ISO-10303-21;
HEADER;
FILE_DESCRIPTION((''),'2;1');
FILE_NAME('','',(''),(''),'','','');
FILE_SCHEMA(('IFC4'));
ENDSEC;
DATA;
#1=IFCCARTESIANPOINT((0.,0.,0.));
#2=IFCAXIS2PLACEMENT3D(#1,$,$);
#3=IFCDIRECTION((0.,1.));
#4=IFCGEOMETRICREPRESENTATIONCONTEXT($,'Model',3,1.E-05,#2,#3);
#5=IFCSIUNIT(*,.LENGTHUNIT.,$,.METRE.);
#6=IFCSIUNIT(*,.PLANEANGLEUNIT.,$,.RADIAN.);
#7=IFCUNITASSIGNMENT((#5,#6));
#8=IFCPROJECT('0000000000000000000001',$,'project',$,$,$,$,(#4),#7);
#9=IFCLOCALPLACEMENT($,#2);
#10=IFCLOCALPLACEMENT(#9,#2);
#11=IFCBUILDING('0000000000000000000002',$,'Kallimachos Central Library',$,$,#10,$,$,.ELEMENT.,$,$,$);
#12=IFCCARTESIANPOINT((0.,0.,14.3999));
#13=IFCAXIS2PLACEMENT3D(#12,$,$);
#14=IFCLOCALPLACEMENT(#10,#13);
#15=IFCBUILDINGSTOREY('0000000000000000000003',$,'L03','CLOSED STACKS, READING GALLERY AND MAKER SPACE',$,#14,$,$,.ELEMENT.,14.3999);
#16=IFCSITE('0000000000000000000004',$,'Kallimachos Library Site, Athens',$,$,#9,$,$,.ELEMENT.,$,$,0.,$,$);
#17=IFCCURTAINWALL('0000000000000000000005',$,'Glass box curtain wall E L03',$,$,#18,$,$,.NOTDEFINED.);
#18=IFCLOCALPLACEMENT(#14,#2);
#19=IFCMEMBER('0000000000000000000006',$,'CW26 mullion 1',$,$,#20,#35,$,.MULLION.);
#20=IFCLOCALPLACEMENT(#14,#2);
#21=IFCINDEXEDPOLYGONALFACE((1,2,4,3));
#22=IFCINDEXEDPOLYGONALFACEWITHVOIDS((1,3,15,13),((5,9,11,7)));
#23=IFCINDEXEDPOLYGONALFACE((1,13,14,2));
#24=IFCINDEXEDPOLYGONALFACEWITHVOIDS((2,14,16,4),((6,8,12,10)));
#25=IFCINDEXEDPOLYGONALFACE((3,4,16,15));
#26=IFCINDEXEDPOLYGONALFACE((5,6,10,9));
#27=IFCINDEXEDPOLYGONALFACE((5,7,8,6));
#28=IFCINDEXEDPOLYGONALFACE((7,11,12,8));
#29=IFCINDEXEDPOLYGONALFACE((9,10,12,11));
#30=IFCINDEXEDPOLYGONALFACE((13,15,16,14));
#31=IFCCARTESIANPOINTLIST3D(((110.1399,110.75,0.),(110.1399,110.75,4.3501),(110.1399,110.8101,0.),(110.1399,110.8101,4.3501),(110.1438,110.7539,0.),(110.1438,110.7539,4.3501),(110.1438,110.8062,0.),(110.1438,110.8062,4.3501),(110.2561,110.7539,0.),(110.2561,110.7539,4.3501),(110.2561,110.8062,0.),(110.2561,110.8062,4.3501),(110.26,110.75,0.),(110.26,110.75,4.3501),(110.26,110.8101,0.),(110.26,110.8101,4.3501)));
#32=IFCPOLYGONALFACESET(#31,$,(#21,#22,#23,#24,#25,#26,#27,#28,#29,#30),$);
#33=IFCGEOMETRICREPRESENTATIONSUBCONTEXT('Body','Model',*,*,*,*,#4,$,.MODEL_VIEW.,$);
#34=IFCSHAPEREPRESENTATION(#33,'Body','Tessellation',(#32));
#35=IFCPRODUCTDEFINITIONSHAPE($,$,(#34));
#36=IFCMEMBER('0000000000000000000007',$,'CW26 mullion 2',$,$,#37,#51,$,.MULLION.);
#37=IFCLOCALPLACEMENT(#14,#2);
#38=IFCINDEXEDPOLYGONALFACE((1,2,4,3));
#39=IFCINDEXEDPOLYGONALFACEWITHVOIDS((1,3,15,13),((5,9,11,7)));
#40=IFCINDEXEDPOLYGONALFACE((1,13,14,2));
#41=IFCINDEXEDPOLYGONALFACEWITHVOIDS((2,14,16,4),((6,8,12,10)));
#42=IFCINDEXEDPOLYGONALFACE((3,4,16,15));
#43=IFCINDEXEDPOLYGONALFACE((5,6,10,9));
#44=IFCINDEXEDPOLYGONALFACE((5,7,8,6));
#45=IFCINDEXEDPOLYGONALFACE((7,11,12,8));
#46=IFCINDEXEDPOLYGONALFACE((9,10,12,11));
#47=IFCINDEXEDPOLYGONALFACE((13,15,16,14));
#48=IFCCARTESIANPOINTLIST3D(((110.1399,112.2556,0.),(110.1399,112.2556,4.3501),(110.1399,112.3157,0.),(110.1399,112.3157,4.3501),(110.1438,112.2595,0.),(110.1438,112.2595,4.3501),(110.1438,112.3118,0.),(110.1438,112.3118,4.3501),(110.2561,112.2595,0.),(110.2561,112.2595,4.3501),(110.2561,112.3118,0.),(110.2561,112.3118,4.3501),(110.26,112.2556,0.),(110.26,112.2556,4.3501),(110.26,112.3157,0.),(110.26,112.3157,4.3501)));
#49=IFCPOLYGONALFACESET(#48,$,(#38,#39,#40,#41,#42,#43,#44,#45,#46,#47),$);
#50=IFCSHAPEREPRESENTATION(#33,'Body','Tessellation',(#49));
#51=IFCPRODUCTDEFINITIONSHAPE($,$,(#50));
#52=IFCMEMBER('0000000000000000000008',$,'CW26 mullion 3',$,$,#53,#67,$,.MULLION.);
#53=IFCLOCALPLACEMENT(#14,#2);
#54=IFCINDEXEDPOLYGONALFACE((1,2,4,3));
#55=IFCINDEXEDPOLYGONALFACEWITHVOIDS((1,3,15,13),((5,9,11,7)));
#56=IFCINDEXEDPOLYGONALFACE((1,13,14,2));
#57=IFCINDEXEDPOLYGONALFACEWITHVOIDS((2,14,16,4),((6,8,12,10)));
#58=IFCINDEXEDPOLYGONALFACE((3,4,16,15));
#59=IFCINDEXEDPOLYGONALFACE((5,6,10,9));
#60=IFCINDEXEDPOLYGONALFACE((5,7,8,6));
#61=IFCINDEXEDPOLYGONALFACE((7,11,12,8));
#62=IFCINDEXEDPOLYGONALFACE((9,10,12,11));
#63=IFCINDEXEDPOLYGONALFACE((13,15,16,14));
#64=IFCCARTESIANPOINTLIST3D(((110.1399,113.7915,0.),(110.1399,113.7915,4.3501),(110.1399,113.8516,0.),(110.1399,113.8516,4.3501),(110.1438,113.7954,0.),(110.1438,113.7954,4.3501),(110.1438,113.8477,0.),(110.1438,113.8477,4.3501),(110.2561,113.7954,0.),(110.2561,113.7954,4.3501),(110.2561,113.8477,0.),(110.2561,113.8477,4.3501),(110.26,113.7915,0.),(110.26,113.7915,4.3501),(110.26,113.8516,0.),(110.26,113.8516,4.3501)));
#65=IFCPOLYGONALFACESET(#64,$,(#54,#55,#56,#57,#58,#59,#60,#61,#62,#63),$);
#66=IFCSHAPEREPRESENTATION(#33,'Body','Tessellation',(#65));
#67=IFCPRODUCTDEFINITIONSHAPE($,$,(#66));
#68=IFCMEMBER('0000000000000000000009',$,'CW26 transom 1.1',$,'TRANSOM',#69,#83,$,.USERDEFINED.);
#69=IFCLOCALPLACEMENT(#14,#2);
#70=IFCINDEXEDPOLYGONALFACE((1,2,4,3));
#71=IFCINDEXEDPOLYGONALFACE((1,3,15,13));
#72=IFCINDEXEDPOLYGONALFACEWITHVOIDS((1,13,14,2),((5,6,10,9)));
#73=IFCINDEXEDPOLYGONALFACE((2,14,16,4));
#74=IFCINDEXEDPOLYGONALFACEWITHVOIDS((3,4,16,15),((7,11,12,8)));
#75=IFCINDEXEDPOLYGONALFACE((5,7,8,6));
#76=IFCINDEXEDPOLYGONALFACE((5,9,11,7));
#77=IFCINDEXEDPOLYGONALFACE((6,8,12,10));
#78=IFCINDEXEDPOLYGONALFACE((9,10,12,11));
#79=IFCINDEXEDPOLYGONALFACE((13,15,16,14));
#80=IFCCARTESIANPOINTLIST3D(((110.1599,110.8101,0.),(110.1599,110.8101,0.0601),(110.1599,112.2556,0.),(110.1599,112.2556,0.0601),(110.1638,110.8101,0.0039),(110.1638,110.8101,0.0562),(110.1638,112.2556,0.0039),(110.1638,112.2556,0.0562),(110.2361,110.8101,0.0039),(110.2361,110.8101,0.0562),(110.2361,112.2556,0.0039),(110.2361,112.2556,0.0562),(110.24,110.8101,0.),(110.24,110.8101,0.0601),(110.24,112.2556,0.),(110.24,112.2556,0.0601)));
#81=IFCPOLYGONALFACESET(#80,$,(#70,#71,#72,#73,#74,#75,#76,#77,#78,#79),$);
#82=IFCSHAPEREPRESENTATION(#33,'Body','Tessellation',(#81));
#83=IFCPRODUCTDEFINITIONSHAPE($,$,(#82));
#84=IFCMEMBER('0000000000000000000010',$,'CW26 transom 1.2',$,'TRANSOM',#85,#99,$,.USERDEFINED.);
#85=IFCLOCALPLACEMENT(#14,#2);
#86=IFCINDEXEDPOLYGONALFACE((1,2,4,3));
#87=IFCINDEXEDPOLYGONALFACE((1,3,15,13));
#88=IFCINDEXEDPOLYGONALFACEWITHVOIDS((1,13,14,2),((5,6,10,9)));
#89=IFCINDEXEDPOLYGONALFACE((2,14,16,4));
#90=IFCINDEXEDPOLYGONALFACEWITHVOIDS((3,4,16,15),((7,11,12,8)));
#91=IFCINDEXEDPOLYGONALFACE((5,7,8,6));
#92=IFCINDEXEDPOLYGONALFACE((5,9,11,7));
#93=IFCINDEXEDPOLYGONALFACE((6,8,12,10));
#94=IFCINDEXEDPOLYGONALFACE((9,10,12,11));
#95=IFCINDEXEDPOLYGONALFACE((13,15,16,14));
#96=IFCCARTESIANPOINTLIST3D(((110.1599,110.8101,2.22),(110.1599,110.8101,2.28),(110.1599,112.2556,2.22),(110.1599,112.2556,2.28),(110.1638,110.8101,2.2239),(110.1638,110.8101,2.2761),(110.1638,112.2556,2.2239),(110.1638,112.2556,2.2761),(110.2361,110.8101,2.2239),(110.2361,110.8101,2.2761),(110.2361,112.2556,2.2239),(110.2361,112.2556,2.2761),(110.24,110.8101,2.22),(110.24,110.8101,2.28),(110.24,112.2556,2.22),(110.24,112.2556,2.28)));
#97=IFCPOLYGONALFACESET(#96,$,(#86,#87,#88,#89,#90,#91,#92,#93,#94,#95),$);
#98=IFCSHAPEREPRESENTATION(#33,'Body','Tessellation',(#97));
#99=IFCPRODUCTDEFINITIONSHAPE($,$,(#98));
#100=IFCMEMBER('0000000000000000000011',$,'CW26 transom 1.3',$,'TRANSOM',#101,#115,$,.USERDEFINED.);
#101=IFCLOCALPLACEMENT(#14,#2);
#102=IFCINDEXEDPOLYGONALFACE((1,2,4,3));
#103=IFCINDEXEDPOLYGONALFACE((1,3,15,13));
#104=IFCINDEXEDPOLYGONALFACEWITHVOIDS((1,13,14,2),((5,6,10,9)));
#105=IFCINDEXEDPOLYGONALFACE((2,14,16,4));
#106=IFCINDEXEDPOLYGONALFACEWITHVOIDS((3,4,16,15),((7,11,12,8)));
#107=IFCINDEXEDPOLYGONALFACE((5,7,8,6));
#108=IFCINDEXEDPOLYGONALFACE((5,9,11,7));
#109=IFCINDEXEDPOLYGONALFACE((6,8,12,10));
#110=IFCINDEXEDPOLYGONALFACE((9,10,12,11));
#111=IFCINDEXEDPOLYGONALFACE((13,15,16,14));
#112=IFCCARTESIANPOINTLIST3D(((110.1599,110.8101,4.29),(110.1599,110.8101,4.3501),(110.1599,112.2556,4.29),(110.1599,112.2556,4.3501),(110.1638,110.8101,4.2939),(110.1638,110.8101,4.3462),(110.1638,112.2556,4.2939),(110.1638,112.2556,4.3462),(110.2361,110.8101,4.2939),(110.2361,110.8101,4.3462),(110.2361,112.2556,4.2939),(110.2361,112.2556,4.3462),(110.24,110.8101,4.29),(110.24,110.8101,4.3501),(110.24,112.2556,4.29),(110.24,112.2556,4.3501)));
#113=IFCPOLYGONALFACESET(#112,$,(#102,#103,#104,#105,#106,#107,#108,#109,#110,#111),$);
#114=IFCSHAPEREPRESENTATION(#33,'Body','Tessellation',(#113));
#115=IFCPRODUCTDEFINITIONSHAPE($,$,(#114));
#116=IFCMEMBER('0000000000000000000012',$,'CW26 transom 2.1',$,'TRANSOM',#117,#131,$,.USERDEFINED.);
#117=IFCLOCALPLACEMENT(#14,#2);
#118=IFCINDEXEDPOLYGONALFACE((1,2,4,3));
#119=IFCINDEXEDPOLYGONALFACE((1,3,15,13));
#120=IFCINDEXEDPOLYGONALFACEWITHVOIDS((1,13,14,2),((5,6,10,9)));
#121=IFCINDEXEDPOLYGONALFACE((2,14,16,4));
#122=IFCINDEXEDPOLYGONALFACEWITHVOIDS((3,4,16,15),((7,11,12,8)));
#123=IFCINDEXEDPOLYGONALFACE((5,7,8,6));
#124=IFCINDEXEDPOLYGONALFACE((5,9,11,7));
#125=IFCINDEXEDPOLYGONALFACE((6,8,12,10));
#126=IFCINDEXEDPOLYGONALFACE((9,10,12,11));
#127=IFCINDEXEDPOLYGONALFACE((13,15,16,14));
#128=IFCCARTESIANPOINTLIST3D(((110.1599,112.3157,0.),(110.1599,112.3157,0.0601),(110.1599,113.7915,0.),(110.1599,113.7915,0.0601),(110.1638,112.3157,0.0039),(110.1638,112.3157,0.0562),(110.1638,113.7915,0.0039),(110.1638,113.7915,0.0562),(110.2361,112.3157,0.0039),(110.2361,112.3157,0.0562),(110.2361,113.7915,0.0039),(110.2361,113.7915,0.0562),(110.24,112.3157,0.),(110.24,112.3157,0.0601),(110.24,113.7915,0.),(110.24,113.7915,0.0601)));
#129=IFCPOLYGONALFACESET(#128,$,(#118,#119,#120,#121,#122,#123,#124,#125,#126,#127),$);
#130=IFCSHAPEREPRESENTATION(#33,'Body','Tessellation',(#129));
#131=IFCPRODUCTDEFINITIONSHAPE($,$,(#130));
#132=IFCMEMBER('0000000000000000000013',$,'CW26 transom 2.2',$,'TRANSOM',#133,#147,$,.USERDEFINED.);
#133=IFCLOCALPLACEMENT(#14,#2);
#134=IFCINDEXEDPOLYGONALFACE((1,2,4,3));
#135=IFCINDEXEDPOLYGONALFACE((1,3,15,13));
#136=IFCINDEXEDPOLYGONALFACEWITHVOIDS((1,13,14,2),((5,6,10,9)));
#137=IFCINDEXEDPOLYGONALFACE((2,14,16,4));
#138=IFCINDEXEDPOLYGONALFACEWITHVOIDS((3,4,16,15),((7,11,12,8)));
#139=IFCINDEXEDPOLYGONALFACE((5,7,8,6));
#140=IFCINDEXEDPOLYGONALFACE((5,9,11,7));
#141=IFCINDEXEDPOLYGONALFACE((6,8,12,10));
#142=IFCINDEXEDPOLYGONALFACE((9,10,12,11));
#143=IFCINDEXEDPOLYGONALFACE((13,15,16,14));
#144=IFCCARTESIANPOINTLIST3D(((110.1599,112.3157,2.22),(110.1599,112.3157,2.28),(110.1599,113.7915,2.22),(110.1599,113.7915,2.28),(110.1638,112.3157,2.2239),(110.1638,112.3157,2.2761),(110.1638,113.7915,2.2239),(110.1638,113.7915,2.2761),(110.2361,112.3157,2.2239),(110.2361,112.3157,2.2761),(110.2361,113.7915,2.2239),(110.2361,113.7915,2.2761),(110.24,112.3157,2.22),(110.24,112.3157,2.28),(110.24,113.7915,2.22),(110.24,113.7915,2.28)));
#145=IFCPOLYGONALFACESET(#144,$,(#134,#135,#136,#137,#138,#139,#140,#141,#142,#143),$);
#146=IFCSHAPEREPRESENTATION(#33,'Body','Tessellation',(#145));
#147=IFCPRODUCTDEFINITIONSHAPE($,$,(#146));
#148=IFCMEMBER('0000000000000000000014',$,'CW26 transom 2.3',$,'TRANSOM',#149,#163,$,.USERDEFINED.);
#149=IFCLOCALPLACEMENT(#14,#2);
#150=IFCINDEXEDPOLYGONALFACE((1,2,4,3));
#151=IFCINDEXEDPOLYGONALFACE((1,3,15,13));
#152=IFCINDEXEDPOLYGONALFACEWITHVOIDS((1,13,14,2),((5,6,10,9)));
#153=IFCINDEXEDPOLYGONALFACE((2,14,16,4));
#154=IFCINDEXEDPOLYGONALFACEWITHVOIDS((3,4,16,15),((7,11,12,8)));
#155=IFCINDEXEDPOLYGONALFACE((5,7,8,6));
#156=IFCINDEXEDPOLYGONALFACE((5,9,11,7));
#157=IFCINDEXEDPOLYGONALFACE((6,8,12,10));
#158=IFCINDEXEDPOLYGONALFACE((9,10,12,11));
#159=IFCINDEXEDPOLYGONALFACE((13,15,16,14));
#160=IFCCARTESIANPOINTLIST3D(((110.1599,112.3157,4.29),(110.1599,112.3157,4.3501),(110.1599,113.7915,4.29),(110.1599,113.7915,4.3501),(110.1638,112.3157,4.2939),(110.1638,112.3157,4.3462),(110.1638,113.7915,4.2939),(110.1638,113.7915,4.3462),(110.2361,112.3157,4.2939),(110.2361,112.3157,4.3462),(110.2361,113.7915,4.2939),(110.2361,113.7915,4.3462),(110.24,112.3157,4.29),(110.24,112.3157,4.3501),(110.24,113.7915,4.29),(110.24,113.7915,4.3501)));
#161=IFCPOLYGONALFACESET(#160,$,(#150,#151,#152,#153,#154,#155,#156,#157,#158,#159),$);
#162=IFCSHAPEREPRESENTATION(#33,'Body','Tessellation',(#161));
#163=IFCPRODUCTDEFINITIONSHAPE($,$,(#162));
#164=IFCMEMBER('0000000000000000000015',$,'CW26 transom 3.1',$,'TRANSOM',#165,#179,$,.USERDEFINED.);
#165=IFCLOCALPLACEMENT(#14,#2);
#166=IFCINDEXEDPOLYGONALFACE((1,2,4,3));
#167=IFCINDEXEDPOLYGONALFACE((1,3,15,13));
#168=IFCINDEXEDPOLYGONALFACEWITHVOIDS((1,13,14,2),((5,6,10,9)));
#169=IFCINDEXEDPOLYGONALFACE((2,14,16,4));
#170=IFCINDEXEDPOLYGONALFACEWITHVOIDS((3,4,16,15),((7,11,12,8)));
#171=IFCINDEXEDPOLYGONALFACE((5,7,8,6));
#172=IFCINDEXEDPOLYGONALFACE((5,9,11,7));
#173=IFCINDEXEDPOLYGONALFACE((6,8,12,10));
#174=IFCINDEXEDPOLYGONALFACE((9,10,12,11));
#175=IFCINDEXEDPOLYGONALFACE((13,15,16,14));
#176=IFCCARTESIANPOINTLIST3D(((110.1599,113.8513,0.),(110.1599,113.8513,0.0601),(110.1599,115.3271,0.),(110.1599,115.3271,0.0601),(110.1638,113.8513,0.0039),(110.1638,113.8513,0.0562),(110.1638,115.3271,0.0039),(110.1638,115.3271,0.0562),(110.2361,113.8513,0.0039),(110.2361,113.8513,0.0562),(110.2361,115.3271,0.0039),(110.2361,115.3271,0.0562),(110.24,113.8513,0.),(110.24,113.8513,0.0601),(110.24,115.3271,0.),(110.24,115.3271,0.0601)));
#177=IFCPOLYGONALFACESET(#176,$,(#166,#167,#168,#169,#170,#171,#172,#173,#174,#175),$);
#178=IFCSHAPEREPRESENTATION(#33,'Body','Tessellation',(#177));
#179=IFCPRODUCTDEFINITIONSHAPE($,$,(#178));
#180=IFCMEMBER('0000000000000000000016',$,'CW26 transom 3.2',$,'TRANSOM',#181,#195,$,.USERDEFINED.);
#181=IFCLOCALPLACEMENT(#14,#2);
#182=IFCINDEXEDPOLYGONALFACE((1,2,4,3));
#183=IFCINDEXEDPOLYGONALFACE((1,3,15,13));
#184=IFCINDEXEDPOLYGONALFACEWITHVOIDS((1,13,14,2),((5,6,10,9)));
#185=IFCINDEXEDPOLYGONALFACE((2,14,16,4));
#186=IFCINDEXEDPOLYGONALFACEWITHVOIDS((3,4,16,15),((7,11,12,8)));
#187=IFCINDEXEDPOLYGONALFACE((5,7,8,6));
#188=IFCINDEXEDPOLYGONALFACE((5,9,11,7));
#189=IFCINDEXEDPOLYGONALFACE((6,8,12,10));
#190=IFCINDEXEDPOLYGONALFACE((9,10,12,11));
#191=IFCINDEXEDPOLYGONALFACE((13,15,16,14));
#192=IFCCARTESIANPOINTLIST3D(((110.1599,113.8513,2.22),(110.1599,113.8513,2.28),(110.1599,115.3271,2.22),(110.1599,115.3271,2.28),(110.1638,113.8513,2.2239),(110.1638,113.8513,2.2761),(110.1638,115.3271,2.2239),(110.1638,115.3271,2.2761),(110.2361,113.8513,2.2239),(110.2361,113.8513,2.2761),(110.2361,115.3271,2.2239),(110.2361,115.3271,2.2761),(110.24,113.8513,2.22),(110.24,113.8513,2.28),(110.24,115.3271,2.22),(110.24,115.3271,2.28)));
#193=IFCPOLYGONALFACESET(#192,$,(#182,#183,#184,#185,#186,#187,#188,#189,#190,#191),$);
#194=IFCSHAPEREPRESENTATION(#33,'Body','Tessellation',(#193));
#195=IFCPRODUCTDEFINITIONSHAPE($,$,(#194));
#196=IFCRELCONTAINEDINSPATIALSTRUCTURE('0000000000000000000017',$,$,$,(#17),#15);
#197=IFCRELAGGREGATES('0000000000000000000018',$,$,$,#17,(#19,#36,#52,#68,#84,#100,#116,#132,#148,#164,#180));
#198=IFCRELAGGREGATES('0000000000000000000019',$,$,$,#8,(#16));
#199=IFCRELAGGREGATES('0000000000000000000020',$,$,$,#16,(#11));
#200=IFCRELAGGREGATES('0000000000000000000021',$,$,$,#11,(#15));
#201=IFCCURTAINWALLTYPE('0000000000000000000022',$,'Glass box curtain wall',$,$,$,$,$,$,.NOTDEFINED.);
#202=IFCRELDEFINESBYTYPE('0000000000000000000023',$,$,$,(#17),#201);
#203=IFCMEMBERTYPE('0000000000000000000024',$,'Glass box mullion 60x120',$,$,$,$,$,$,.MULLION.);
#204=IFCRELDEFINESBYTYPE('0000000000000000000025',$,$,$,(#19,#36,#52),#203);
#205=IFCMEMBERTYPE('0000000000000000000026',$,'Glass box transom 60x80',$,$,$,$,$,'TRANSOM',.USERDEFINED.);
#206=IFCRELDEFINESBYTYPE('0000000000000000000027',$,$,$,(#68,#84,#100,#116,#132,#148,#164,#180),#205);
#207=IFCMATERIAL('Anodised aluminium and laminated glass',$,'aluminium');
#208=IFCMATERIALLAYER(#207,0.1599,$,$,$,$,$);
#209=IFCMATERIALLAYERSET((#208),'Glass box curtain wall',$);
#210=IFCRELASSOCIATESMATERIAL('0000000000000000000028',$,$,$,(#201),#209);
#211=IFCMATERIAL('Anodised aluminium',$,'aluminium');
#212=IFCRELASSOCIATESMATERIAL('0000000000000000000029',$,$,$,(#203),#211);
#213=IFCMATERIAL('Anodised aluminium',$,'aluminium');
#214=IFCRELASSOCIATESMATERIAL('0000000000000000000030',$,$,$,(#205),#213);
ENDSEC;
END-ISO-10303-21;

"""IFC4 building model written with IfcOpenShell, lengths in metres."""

from ifc_helpers import new_model, si_unit, direction, frame, origin, origin_2d, place, context, subcontext, project, spatial, hollow_rectangle, extrude, material, layer, layer_set, material_profile, profile_set, type_object, element, aggregate, save


model = new_model("IFC4")

# Units and contexts
model_context = context("Model", 3, precision=1e-05, world=origin(), true_north=direction((0.0, 1.0)))
body_context = subcontext(model_context, "Body", "Model", "MODEL_VIEW")
ifc_project = project(units=[si_unit("LENGTHUNIT", "METRE"), si_unit("PLANEANGLEUNIT", "RADIAN")], contexts=[model_context])

# Site, building, storey
site_placement = place(None, origin())
site = spatial("IfcSite", under=ifc_project, at=site_placement, Name="Kallimachos Library Site, Athens", CompositionType="ELEMENT", RefElevation=0.0)
building_placement = place(site_placement, origin())
building = spatial("IfcBuilding", under=site, at=building_placement, Name="Kallimachos Central Library", CompositionType="ELEMENT")
storey_placement = place(building_placement, frame((0.0, 0.0, 14.3999)))
storey = spatial("IfcBuildingStorey", under=building, at=storey_placement, Name="L03", Description="CLOSED STACKS, READING GALLERY AND MAKER SPACE", CompositionType="ELEMENT", Elevation=14.3999)

# Curtain wall, members
ifc_material_1 = material(Name="Anodised aluminium and laminated glass", Category="aluminium")
ifc_layer_1 = layer(ifc_material_1, 0.1599)
ifc_layer_set_1 = layer_set([ifc_layer_1], Name="Glass box curtain wall")
curtain_wall_type = type_object("IfcCurtainWallType", Name="Glass box curtain wall", PredefinedType="NOTDEFINED", material=ifc_layer_set_1)
curtain_wall_placement = place(storey_placement, origin())
curtain_wall = element("IfcCurtainWall", 1, at=curtain_wall_placement, inside=storey, type_object=curtain_wall_type, Name="Glass box curtain wall E L03", PredefinedType="NOTDEFINED")
ifc_material_2 = material(Name="Anodised aluminium", Category="aluminium")
ifc_material_profile_1 = material_profile(ifc_material_2, hollow_rectangle(XDim=0.0601, YDim=0.1201, WallThickness=0.0039, at=origin_2d()), Name="ALU MULLION 60x120")
ifc_profile_set_1 = profile_set([ifc_material_profile_1], Name="Anodised aluminium")
member_type_1 = type_object("IfcMemberType", Name="Glass box mullion 60x120", PredefinedType="MULLION", material=ifc_profile_set_1)
member_1_placement = place(storey_placement, frame((110.2, 110.78, 0.0), z_axis=(0.0, 0.0, 1.0), x_axis=(0.0, 1.0, 0.0)))
member_1 = element("IfcMember", 2, at=member_1_placement, type_object=member_type_1, Name="CW26 mullion 1", PredefinedType="MULLION", context=body_context, shape_type="SweptSolid", body=[
    extrude(hollow_rectangle(XDim=0.0601, YDim=0.1201, WallThickness=0.0039, at=origin_2d()), origin(), (0.0, 0.0, 1.0), 4.3501),
])
member_2_placement = place(storey_placement, frame((110.2, 112.2856, 0.0), z_axis=(0.0, 0.0, 1.0), x_axis=(0.0, 1.0, 0.0)))
member_2 = element("IfcMember", 3, at=member_2_placement, type_object=member_type_1, Name="CW26 mullion 2", PredefinedType="MULLION", context=body_context, shape_type="SweptSolid", body=[
    extrude(hollow_rectangle(XDim=0.0601, YDim=0.1201, WallThickness=0.0039, at=origin_2d()), origin(), (0.0, 0.0, 1.0), 4.3501),
])
member_3_placement = place(storey_placement, frame((110.2, 113.8215, 0.0), z_axis=(0.0, 0.0, 1.0), x_axis=(0.0, 1.0, 0.0)))
member_3 = element("IfcMember", 4, at=member_3_placement, type_object=member_type_1, Name="CW26 mullion 3", PredefinedType="MULLION", context=body_context, shape_type="SweptSolid", body=[
    extrude(hollow_rectangle(XDim=0.0601, YDim=0.1201, WallThickness=0.0039, at=origin_2d()), origin(), (0.0, 0.0, 1.0), 4.3501),
])
ifc_material_3 = material(Name="Anodised aluminium", Category="aluminium")
ifc_material_profile_2 = material_profile(ifc_material_3, hollow_rectangle(XDim=0.0601, YDim=0.0801, WallThickness=0.0039, at=origin_2d()), Name="ALU TRANSOM 60x80")
ifc_profile_set_2 = profile_set([ifc_material_profile_2], Name="Anodised aluminium")
member_type_2 = type_object("IfcMemberType", Name="Glass box transom 60x80", ElementType="TRANSOM", PredefinedType="USERDEFINED", material=ifc_profile_set_2)
member_4_placement = place(storey_placement, frame((110.2, 110.8101, 0.03), z_axis=(0.0, 1.0, 0.0), x_axis=(0.0, 0.0, 1.0)))
member_4 = element("IfcMember", 5, at=member_4_placement, type_object=member_type_2, Name="CW26 transom 1.1", ObjectType="TRANSOM", PredefinedType="USERDEFINED", context=body_context, shape_type="SweptSolid", body=[
    extrude(hollow_rectangle(XDim=0.0601, YDim=0.0801, WallThickness=0.0039, at=origin_2d()), origin(), (0.0, 0.0, 1.0), 1.4456),
])
member_5_placement = place(storey_placement, frame((110.2, 110.8101, 2.25), z_axis=(0.0, 1.0, 0.0), x_axis=(0.0, 0.0, 1.0)))
member_5 = element("IfcMember", 6, at=member_5_placement, type_object=member_type_2, Name="CW26 transom 1.2", ObjectType="TRANSOM", PredefinedType="USERDEFINED", context=body_context, shape_type="SweptSolid", body=[
    extrude(hollow_rectangle(XDim=0.0601, YDim=0.0801, WallThickness=0.0039, at=origin_2d()), origin(), (0.0, 0.0, 1.0), 1.4456),
])
member_6_placement = place(storey_placement, frame((110.2, 110.8101, 4.3201), z_axis=(0.0, 1.0, 0.0), x_axis=(0.0, 0.0, 1.0)))
member_6 = element("IfcMember", 7, at=member_6_placement, type_object=member_type_2, Name="CW26 transom 1.3", ObjectType="TRANSOM", PredefinedType="USERDEFINED", context=body_context, shape_type="SweptSolid", body=[
    extrude(hollow_rectangle(XDim=0.0601, YDim=0.0801, WallThickness=0.0039, at=origin_2d()), origin(), (0.0, 0.0, 1.0), 1.4456),
])
member_7_placement = place(storey_placement, frame((110.2, 112.3157, 0.03), z_axis=(0.0, 1.0, 0.0), x_axis=(0.0, 0.0, 1.0)))
member_7 = element("IfcMember", 8, at=member_7_placement, type_object=member_type_2, Name="CW26 transom 2.1", ObjectType="TRANSOM", PredefinedType="USERDEFINED", context=body_context, shape_type="SweptSolid", body=[
    extrude(hollow_rectangle(XDim=0.0601, YDim=0.0801, WallThickness=0.0039, at=origin_2d()), origin(), (0.0, 0.0, 1.0), 1.4758),
])
member_8_placement = place(storey_placement, frame((110.2, 112.3157, 2.25), z_axis=(0.0, 1.0, 0.0), x_axis=(0.0, 0.0, 1.0)))
member_8 = element("IfcMember", 9, at=member_8_placement, type_object=member_type_2, Name="CW26 transom 2.2", ObjectType="TRANSOM", PredefinedType="USERDEFINED", context=body_context, shape_type="SweptSolid", body=[
    extrude(hollow_rectangle(XDim=0.0601, YDim=0.0801, WallThickness=0.0039, at=origin_2d()), origin(), (0.0, 0.0, 1.0), 1.4758),
])
member_9_placement = place(storey_placement, frame((110.2, 112.3157, 4.3201), z_axis=(0.0, 1.0, 0.0), x_axis=(0.0, 0.0, 1.0)))
member_9 = element("IfcMember", 10, at=member_9_placement, type_object=member_type_2, Name="CW26 transom 2.3", ObjectType="TRANSOM", PredefinedType="USERDEFINED", context=body_context, shape_type="SweptSolid", body=[
    extrude(hollow_rectangle(XDim=0.0601, YDim=0.0801, WallThickness=0.0039, at=origin_2d()), origin(), (0.0, 0.0, 1.0), 1.4758),
])
member_10_placement = place(storey_placement, frame((110.2, 113.8513, 0.03), z_axis=(0.0, 1.0, 0.0), x_axis=(0.0, 0.0, 1.0)))
member_10 = element("IfcMember", 11, at=member_10_placement, type_object=member_type_2, Name="CW26 transom 3.1", ObjectType="TRANSOM", PredefinedType="USERDEFINED", context=body_context, shape_type="SweptSolid", body=[
    extrude(hollow_rectangle(XDim=0.0601, YDim=0.0801, WallThickness=0.0039, at=origin_2d()), origin(), (0.0, 0.0, 1.0), 1.4758),
])
member_11_placement = place(storey_placement, frame((110.2, 113.8513, 2.25), z_axis=(0.0, 1.0, 0.0), x_axis=(0.0, 0.0, 1.0)))
member_11 = element("IfcMember", 12, at=member_11_placement, type_object=member_type_2, Name="CW26 transom 3.2", ObjectType="TRANSOM", PredefinedType="USERDEFINED", context=body_context, shape_type="SweptSolid", body=[
    extrude(hollow_rectangle(XDim=0.0601, YDim=0.0801, WallThickness=0.0039, at=origin_2d()), origin(), (0.0, 0.0, 1.0), 1.4758),
])

aggregate(curtain_wall, [member_1, member_2, member_3, member_4, member_5, member_6, member_7, member_8, member_9, member_10, member_11])

save(model, "model.ifc")
